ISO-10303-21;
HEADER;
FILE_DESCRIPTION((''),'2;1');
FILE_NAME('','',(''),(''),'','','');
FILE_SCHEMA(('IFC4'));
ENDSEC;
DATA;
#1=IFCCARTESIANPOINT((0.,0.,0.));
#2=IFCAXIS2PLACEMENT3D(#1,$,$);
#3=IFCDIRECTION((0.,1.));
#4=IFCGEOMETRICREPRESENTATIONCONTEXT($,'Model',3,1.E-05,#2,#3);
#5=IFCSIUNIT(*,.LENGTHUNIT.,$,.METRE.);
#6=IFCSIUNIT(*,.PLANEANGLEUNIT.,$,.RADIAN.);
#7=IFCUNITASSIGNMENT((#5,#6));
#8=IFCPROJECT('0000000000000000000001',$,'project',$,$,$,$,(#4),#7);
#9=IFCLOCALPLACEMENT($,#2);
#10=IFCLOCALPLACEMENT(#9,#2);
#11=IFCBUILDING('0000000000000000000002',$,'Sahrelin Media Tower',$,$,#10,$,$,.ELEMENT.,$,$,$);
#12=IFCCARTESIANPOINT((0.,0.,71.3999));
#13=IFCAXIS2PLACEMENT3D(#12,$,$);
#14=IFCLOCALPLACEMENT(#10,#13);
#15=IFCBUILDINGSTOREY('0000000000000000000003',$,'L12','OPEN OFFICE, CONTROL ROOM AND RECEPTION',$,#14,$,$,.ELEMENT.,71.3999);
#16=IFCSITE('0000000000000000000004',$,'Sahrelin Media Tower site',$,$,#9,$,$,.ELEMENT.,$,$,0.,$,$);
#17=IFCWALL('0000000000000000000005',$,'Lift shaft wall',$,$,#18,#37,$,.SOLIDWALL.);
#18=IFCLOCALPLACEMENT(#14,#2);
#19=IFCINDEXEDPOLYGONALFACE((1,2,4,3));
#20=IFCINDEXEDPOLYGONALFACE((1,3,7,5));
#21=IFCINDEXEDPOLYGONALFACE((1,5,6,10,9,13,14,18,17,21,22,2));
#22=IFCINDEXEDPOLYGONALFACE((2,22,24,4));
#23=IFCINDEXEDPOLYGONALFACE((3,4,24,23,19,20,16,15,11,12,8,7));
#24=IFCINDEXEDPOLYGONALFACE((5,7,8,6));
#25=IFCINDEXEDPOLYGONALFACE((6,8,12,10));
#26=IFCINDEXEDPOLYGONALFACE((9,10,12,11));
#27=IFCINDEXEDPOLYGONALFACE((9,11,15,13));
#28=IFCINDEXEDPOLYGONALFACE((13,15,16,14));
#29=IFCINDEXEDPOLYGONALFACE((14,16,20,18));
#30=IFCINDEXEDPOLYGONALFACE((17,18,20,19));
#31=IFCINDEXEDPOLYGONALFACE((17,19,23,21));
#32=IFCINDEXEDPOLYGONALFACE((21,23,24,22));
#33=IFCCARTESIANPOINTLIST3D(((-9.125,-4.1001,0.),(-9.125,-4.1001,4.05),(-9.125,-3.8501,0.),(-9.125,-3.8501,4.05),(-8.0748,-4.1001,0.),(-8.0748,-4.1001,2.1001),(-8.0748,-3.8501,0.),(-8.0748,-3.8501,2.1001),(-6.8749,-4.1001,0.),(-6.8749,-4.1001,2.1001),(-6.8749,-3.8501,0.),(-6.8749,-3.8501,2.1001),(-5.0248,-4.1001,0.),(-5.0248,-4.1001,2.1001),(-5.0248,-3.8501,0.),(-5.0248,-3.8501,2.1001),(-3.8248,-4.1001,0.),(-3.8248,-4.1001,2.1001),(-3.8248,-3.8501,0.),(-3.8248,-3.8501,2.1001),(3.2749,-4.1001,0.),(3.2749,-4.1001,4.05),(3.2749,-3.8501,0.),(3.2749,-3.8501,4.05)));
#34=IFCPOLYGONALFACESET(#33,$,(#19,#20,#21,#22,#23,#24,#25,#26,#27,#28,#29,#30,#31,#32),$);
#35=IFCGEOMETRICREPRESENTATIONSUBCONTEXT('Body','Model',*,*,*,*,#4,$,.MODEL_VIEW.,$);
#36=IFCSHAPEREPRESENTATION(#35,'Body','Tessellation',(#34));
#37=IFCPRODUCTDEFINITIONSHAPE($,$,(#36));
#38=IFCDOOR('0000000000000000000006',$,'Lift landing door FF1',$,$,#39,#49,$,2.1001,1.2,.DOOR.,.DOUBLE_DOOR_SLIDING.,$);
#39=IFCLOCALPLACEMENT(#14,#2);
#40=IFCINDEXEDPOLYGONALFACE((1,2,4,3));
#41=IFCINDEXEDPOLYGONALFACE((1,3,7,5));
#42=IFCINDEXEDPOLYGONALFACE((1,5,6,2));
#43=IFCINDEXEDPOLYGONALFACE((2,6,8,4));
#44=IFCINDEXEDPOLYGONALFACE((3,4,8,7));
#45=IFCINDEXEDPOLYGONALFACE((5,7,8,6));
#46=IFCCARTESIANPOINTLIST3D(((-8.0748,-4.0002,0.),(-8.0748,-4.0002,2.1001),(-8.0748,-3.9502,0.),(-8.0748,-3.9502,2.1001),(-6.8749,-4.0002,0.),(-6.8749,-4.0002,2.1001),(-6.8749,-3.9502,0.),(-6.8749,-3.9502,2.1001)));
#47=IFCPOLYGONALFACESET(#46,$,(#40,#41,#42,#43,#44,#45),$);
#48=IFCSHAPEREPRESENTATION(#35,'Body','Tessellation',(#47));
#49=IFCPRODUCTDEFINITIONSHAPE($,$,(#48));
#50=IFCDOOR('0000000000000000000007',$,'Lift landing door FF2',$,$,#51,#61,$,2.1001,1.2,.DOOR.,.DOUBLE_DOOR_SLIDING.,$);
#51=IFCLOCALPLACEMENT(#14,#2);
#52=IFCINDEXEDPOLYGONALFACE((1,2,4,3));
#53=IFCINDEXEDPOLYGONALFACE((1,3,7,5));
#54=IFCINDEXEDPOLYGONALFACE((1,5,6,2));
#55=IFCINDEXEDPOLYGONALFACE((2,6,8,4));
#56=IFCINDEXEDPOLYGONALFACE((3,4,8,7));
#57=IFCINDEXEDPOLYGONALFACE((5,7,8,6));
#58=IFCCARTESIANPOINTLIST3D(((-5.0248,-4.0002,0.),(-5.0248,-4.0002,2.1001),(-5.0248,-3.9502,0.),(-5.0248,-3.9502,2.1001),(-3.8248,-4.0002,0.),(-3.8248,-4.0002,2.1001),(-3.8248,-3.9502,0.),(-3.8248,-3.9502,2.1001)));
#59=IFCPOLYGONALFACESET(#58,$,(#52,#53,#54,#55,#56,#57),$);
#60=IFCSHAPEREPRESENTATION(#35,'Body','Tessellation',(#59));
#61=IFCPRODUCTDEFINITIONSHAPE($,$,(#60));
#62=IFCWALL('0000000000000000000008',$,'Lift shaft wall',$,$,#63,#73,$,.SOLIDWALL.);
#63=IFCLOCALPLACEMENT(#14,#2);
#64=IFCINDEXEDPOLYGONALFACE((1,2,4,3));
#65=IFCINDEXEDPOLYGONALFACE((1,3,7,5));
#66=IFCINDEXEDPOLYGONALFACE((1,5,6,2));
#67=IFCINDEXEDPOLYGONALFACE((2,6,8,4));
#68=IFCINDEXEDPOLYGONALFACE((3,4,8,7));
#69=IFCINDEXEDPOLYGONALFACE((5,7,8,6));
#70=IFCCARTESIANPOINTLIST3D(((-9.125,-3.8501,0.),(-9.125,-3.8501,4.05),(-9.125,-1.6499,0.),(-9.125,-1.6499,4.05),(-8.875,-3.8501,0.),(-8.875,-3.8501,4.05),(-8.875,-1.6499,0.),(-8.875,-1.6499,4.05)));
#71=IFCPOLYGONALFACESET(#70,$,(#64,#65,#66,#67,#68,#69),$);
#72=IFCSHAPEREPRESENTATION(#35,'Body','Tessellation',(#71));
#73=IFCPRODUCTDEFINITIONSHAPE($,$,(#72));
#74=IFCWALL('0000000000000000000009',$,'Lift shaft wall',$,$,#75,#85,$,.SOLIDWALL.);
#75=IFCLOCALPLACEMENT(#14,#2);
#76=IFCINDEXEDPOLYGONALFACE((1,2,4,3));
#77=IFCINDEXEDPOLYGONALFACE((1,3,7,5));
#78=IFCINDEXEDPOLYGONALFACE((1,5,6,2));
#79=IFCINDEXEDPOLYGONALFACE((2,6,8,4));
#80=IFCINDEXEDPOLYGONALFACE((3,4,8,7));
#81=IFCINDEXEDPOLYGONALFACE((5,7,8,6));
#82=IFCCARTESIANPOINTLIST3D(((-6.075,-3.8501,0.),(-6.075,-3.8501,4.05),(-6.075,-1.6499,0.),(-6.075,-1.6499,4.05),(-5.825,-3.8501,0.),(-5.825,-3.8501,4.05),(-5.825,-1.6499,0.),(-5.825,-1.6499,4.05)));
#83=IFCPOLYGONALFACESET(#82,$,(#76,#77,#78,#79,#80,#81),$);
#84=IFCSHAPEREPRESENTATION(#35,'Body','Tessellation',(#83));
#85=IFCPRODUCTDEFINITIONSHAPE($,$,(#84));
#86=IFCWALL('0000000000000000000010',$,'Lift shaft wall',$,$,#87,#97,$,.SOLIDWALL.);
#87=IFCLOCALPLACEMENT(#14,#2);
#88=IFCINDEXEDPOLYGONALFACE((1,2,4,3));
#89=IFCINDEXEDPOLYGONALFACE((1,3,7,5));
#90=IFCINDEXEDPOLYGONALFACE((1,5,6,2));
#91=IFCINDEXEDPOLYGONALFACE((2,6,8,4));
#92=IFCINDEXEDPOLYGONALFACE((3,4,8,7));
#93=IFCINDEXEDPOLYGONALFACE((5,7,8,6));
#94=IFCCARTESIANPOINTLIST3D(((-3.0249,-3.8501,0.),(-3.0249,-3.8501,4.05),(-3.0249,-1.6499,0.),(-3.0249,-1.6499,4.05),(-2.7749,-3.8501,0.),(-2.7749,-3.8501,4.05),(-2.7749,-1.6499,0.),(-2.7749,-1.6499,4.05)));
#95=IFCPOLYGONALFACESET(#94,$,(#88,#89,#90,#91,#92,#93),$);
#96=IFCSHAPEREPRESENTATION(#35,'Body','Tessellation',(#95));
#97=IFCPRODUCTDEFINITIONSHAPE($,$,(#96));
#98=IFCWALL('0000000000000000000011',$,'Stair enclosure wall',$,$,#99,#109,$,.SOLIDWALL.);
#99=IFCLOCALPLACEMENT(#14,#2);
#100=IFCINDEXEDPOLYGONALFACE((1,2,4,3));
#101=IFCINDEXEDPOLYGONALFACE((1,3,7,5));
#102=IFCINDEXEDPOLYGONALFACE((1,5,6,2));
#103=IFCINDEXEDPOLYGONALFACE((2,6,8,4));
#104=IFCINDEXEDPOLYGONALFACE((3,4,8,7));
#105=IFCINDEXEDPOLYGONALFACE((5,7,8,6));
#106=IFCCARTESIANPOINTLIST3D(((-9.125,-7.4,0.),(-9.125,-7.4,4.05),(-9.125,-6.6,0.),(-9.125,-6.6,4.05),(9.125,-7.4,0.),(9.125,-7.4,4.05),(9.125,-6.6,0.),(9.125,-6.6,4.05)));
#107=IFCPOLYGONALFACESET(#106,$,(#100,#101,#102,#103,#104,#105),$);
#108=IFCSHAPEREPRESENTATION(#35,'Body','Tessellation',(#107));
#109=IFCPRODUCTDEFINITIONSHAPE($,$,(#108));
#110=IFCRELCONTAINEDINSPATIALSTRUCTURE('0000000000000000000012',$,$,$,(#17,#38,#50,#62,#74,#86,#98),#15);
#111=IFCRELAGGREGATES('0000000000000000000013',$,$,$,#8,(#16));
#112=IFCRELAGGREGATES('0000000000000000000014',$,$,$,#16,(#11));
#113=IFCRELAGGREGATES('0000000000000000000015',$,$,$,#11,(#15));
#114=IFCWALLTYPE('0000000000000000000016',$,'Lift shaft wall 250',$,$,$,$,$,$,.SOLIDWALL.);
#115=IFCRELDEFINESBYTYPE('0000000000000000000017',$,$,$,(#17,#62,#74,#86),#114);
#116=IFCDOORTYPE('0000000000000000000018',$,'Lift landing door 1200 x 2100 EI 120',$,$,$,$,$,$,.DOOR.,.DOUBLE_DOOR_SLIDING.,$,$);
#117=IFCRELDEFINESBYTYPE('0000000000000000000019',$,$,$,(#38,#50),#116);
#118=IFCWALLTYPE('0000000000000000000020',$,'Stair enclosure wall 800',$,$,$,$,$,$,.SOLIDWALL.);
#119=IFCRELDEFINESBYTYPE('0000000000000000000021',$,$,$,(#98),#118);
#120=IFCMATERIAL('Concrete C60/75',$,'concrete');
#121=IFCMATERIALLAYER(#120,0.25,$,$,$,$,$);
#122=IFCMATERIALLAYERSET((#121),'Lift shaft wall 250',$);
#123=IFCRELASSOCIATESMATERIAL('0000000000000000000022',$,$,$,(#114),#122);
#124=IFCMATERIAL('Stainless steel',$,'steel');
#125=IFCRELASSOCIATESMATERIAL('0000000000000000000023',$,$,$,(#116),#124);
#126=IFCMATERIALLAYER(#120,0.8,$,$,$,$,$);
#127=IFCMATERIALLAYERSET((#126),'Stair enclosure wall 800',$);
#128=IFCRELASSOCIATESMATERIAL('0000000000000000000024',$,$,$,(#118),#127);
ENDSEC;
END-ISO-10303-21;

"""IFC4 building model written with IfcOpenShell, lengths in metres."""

from ifc_helpers import new_model, si_unit, direction, frame, frame_2d, origin, place, context, subcontext, project, spatial, rectangle, extrude, material, layer, layer_set, type_object, element, fill, save


model = new_model("IFC4")

# Units and contexts
model_context = context("Model", 3, precision=1e-05, world=origin(), true_north=direction((0.0, 1.0)))
body_context = subcontext(model_context, "Body", "Model", "MODEL_VIEW")
ifc_project = project(units=[si_unit("LENGTHUNIT", "METRE"), si_unit("PLANEANGLEUNIT", "RADIAN")], contexts=[model_context])

# Site, building, storey
site_placement = place(None, origin())
site = spatial("IfcSite", under=ifc_project, at=site_placement, Name="Sahrelin Media Tower site", CompositionType="ELEMENT", RefElevation=0.0)
building_placement = place(site_placement, origin())
building = spatial("IfcBuilding", under=site, at=building_placement, Name="Sahrelin Media Tower", CompositionType="ELEMENT")
storey_placement = place(building_placement, frame((0.0, 0.0, 71.3999)))
storey = spatial("IfcBuildingStorey", under=building, at=storey_placement, Name="L12", Description="OPEN OFFICE, CONTROL ROOM AND RECEPTION", CompositionType="ELEMENT", Elevation=71.3999)

# Wall, openings, doors
ifc_material_1 = material(Name="Concrete C60/75", Category="concrete")
ifc_layer_1 = layer(ifc_material_1, 0.25)
ifc_layer_set_1 = layer_set([ifc_layer_1], Name="Lift shaft wall 250")
wall_type_1 = type_object("IfcWallType", Name="Lift shaft wall 250", PredefinedType="SOLIDWALL", material=ifc_layer_set_1)
ifc_material_2 = material(Name="Stainless steel", Category="steel")
door_type_1 = type_object("IfcDoorType", Name="Lift landing door 1200 x 2100 EI 120", OperationType="DOUBLE_DOOR_SLIDING", PredefinedType="DOOR", material=ifc_material_2)
wall_1_placement = place(storey_placement, frame((-9.125, -3.9751, 0.0), z_axis=(0.0, 0.0, 1.0), x_axis=(1.0, 0.0, 0.0)))
wall_1 = element("IfcWall", 1, at=wall_1_placement, inside=storey, type_object=wall_type_1, Name="Lift shaft wall", PredefinedType="SOLIDWALL", context=body_context, shape_type="SweptSolid", body=[
    extrude(rectangle(XDim=12.3999, YDim=0.25, at=frame_2d((6.2, 0.0))), origin(), (0.0, 0.0, 1.0), 4.05),
])
opening_1_placement = place(wall_1_placement, frame((1.05, 0.0, 0.0)))
opening_1 = element("IfcOpeningElement", 2, at=opening_1_placement, cuts=wall_1, PredefinedType="OPENING", context=body_context, shape_type="SweptSolid", body=[
    extrude(rectangle(XDim=1.2, YDim=2.1001, at=frame_2d((0.6001, 1.05))), frame((0.0, 0.125, 0.0), z_axis=(0.0, -1.0, 0.0), x_axis=(1.0, 0.0, 0.0)), (0.0, 0.0, 1.0), 0.25),
])
opening_2_placement = place(wall_1_placement, frame((4.1001, 0.0, 0.0)))
opening_2 = element("IfcOpeningElement", 3, at=opening_2_placement, cuts=wall_1, PredefinedType="OPENING", context=body_context, shape_type="SweptSolid", body=[
    extrude(rectangle(XDim=1.2, YDim=2.1001, at=frame_2d((0.6001, 1.05))), frame((0.0, 0.125, 0.0), z_axis=(0.0, -1.0, 0.0), x_axis=(1.0, 0.0, 0.0)), (0.0, 0.0, 1.0), 0.25),
])
door_1_placement = place(opening_1_placement, origin())
door_1 = element("IfcDoor", 4, at=door_1_placement, inside=storey, type_object=door_type_1, Name="Lift landing door FF1", OperationType="DOUBLE_DOOR_SLIDING", OverallHeight=2.1001, OverallWidth=1.2, PredefinedType="DOOR", context=body_context, shape_type="SweptSolid", body=[
    extrude(rectangle(XDim=1.2, YDim=2.1001, at=frame_2d((0.6001, 1.05))), frame((0.0, 0.0249, 0.0), z_axis=(0.0, -1.0, 0.0), x_axis=(1.0, 0.0, 0.0)), (0.0, 0.0, 1.0), 0.05),
])
fill(opening_1, door_1)
door_2_placement = place(opening_2_placement, origin())
door_2 = element("IfcDoor", 5, at=door_2_placement, inside=storey, type_object=door_type_1, Name="Lift landing door FF2", OperationType="DOUBLE_DOOR_SLIDING", OverallHeight=2.1001, OverallWidth=1.2, PredefinedType="DOOR", context=body_context, shape_type="SweptSolid", body=[
    extrude(rectangle(XDim=1.2, YDim=2.1001, at=frame_2d((0.6001, 1.05))), frame((0.0, 0.0249, 0.0), z_axis=(0.0, -1.0, 0.0), x_axis=(1.0, 0.0, 0.0)), (0.0, 0.0, 1.0), 0.05),
])
fill(opening_2, door_2)

# Walls
for number, where, z_axis, x_axis, name in (
    (6, (-9.0, -3.8501, 0.0), (0.0, 0.0, 1.0), (0.0, 1.0, 0.0), "Lift shaft wall"),
    (7, (-5.95, -3.8501, 0.0), (0.0, 0.0, 1.0), (0.0, 1.0, 0.0), "Lift shaft wall"),
    (8, (-2.8999, -3.8501, 0.0), (0.0, 0.0, 1.0), (0.0, 1.0, 0.0), "Lift shaft wall"),
):
    element("IfcWall", number, at=place(storey_placement, frame(where, z_axis=z_axis, x_axis=x_axis)), inside=storey, type_object=wall_type_1, Name=name, PredefinedType="SOLIDWALL", context=body_context, shape_type="SweptSolid", body=[
        extrude(rectangle(XDim=2.2002, YDim=0.25, at=frame_2d((1.1001, 0.0))), origin(), (0.0, 0.0, 1.0), 4.05),
    ])
ifc_layer_2 = layer(ifc_material_1, 0.8)
ifc_layer_set_2 = layer_set([ifc_layer_2], Name="Stair enclosure wall 800")
wall_type_2 = type_object("IfcWallType", Name="Stair enclosure wall 800", PredefinedType="SOLIDWALL", material=ifc_layer_set_2)
wall_2_placement = place(storey_placement, frame((-9.125, -7.0, 0.0), z_axis=(0.0, 0.0, 1.0), x_axis=(1.0, 0.0, 0.0)))
element("IfcWall", 9, at=wall_2_placement, inside=storey, type_object=wall_type_2, Name="Stair enclosure wall", PredefinedType="SOLIDWALL", context=body_context, shape_type="SweptSolid", body=[
    extrude(rectangle(XDim=18.25, YDim=0.8, at=frame_2d((9.125, 0.0))), origin(), (0.0, 0.0, 1.0), 4.05),
])

save(model, "model.ifc")
